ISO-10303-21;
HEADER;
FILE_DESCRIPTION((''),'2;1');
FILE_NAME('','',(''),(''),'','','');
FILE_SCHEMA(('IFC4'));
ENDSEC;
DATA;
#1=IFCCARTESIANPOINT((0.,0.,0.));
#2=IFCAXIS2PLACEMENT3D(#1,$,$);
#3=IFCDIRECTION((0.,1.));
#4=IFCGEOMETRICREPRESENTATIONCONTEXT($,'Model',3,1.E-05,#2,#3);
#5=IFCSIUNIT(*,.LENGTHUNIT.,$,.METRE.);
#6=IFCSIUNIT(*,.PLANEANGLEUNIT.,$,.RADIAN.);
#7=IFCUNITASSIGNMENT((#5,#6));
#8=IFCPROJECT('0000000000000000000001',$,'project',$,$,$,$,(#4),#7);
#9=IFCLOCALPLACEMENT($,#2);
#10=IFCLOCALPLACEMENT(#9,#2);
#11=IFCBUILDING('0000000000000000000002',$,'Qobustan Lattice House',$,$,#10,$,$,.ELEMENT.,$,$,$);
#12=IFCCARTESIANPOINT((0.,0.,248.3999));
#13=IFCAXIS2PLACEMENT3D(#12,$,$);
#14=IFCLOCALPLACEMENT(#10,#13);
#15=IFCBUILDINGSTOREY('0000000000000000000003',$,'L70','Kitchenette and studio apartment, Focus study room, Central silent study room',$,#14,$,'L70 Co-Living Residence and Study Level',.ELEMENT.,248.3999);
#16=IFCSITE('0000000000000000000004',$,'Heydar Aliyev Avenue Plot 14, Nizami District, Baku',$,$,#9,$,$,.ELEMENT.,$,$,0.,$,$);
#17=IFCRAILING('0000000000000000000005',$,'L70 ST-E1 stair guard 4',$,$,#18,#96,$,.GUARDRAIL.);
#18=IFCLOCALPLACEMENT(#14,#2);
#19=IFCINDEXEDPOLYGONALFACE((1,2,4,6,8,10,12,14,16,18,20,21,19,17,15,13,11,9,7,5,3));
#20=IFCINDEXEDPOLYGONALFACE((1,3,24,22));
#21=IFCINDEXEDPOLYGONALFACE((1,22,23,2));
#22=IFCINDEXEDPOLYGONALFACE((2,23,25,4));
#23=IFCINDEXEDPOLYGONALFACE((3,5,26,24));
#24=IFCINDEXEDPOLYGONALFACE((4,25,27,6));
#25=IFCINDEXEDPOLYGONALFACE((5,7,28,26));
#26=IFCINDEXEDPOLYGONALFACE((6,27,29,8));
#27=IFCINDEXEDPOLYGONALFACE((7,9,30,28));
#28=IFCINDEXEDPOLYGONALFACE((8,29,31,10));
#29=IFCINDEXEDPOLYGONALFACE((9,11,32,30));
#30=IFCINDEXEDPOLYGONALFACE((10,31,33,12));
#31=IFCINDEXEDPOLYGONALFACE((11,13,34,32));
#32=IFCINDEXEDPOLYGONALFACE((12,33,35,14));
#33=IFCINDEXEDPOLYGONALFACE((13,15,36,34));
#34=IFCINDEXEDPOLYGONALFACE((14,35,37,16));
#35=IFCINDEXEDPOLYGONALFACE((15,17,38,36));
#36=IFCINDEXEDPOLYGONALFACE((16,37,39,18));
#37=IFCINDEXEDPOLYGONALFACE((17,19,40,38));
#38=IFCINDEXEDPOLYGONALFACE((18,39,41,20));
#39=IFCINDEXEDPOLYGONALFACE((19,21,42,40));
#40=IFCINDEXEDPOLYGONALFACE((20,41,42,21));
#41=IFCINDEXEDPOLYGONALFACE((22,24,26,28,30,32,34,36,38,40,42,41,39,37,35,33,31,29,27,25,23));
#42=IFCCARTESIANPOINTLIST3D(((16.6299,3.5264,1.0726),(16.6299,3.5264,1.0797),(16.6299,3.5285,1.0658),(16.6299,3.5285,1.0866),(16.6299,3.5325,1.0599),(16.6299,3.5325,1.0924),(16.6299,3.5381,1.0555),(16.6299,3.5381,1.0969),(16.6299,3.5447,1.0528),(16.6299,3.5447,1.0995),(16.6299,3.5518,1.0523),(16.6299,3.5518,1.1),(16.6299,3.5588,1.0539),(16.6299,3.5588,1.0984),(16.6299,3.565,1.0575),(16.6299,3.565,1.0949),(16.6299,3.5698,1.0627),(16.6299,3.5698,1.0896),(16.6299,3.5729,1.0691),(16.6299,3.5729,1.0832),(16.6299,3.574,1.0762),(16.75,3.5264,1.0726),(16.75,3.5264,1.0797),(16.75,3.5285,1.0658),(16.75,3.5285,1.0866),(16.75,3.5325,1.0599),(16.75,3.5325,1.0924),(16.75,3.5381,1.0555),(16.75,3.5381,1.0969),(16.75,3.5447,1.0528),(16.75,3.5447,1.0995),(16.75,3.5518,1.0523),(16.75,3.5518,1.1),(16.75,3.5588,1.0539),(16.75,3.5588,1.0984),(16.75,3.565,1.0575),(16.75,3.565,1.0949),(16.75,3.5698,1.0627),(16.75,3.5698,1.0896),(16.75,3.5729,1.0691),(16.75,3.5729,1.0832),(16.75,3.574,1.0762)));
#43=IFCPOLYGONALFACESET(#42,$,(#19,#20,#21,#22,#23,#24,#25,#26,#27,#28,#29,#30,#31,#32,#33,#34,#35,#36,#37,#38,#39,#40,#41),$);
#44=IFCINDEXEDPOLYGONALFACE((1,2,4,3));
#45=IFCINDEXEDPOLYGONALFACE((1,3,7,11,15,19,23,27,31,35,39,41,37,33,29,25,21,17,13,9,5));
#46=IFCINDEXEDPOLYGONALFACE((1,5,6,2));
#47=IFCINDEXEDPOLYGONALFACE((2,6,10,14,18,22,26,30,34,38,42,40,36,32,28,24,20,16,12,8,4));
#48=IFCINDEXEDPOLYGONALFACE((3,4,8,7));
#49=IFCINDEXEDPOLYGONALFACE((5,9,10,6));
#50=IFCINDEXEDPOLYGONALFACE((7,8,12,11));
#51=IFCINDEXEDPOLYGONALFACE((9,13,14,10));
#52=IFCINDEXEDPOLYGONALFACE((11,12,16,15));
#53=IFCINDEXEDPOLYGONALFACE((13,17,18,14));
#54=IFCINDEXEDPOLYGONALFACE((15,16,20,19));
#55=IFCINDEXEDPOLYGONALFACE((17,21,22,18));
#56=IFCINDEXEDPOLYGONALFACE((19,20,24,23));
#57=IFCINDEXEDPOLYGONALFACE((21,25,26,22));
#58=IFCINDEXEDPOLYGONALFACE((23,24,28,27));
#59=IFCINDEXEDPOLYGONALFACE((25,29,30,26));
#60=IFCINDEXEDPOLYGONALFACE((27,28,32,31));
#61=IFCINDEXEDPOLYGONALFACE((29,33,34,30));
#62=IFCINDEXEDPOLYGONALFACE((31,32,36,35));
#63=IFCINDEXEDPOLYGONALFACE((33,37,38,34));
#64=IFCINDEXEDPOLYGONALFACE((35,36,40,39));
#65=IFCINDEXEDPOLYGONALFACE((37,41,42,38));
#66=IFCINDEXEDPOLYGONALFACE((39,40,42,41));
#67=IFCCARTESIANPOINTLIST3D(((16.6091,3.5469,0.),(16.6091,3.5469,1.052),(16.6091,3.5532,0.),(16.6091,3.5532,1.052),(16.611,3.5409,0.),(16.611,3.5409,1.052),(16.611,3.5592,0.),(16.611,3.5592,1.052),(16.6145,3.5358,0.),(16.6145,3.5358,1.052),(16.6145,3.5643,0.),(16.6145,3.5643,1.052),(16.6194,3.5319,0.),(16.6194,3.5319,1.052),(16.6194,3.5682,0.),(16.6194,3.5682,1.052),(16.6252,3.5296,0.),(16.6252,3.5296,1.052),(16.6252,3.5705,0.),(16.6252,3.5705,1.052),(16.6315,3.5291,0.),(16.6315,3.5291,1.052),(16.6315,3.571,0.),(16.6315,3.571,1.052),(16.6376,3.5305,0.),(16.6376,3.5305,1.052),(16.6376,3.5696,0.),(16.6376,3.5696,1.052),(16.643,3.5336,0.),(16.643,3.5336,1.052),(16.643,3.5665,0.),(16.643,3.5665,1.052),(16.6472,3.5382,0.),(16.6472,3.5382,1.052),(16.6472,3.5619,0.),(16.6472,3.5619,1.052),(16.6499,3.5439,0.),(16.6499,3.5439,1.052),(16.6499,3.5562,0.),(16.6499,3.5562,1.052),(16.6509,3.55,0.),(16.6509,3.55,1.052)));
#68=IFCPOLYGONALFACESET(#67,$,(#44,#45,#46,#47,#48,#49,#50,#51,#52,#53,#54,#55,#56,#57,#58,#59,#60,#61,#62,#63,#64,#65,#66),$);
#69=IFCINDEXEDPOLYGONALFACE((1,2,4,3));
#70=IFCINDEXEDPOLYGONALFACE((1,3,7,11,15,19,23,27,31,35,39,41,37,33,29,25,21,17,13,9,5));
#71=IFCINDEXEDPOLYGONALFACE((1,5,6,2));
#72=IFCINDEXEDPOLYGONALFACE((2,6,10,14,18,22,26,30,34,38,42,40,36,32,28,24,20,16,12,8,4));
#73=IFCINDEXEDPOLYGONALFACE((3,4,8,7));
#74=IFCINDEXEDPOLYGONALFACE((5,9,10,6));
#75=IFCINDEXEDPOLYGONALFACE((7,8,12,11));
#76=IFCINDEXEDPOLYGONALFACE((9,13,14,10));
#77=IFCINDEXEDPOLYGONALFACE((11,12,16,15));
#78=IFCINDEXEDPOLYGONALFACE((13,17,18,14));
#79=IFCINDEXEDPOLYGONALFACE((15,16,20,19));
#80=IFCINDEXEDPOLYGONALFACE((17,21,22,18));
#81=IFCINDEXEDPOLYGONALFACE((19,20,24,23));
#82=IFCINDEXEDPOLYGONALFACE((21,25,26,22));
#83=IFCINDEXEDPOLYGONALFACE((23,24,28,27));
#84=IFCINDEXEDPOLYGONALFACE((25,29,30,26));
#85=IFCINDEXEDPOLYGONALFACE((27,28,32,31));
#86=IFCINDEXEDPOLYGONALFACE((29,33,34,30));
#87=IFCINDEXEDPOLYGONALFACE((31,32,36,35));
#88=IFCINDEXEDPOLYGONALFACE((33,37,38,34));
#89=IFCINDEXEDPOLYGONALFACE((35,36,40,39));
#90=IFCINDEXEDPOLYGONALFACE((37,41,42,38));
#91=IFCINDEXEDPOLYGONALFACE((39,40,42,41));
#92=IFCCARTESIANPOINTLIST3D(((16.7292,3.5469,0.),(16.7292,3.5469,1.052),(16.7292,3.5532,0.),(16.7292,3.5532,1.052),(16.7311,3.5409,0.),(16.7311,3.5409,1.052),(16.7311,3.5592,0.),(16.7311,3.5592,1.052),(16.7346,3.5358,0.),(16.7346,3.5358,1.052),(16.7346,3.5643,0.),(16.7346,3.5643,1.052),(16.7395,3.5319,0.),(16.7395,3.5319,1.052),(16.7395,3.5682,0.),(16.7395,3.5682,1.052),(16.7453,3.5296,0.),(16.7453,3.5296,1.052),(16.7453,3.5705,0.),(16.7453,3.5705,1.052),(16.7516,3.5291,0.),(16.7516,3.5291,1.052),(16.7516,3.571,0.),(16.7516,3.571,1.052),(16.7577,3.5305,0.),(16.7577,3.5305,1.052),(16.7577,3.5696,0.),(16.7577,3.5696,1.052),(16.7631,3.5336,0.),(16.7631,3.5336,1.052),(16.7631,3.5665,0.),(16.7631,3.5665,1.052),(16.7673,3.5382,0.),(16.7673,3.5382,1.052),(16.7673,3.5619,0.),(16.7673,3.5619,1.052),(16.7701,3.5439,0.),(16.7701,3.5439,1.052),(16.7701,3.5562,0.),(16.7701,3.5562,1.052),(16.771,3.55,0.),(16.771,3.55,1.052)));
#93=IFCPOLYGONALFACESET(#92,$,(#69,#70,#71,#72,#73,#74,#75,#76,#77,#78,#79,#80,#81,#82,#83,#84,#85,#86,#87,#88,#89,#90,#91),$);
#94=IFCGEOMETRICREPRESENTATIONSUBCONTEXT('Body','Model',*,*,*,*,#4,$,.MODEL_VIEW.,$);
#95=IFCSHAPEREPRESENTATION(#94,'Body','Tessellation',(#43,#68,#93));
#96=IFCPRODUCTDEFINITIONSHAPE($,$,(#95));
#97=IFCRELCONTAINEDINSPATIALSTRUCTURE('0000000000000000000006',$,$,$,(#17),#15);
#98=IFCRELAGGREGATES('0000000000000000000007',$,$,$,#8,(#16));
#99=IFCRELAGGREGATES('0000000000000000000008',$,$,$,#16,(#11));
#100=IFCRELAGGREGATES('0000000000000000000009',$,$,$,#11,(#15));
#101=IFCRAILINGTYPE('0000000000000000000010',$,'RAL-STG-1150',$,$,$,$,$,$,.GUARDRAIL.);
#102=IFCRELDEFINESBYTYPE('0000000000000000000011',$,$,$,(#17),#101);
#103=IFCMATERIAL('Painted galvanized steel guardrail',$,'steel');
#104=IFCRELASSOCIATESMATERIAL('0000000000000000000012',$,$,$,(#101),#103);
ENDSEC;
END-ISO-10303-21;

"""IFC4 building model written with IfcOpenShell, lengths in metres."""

from ifc_helpers import new_model, si_unit, direction, frame, origin, origin_2d, place, context, subcontext, project, spatial, circle, extrude, material, type_object, element, save


model = new_model("IFC4")

# Units and contexts
model_context = context("Model", 3, precision=1e-05, world=origin(), true_north=direction((0.0, 1.0)))
body_context = subcontext(model_context, "Body", "Model", "MODEL_VIEW")
ifc_project = project(units=[si_unit("LENGTHUNIT", "METRE"), si_unit("PLANEANGLEUNIT", "RADIAN")], contexts=[model_context])

# Site, building, storey
site_placement = place(None, origin())
site = spatial("IfcSite", under=ifc_project, at=site_placement, Name="Heydar Aliyev Avenue Plot 14, Nizami District, Baku", CompositionType="ELEMENT", RefElevation=0.0)
building_placement = place(site_placement, origin())
building = spatial("IfcBuilding", under=site, at=building_placement, Name="Qobustan Lattice House", CompositionType="ELEMENT")
storey_placement = place(building_placement, frame((0.0, 0.0, 248.3999)))
storey = spatial("IfcBuildingStorey", under=building, at=storey_placement, Name="L70", Description="Kitchenette and studio apartment, Focus study room, Central silent study room", LongName="L70 Co-Living Residence and Study Level", CompositionType="ELEMENT", Elevation=248.3999)

# Railing
ifc_material_1 = material(Name="Painted galvanized steel guardrail", Category="steel")
railing_type_1 = type_object("IfcRailingType", Name="RAL-STG-1150", PredefinedType="GUARDRAIL", material=ifc_material_1)
railing_1_placement = place(storey_placement, frame((16.6299, 3.55, 0.0)))
element("IfcRailing", 1, at=railing_1_placement, inside=storey, type_object=railing_type_1, Name="L70 ST-E1 stair guard 4", PredefinedType="GUARDRAIL", context=body_context, shape_type="SweptSolid", body=[
    extrude(circle(Radius=0.0239, at=origin_2d()), frame((0.0, 0.0, 1.0762), z_axis=(1.0, 0.0, 0.0), x_axis=(0.0, 1.0, 0.0)), (0.0, 0.0, 1.0), 0.1201),
    extrude(circle(Radius=0.021, at=origin_2d()), origin(), (0.0, 0.0, 1.0), 1.052),
    extrude(circle(Radius=0.021, at=origin_2d()), frame((0.1201, 0.0, 0.0)), (0.0, 0.0, 1.0), 1.052),
])

save(model, "model.ifc")
